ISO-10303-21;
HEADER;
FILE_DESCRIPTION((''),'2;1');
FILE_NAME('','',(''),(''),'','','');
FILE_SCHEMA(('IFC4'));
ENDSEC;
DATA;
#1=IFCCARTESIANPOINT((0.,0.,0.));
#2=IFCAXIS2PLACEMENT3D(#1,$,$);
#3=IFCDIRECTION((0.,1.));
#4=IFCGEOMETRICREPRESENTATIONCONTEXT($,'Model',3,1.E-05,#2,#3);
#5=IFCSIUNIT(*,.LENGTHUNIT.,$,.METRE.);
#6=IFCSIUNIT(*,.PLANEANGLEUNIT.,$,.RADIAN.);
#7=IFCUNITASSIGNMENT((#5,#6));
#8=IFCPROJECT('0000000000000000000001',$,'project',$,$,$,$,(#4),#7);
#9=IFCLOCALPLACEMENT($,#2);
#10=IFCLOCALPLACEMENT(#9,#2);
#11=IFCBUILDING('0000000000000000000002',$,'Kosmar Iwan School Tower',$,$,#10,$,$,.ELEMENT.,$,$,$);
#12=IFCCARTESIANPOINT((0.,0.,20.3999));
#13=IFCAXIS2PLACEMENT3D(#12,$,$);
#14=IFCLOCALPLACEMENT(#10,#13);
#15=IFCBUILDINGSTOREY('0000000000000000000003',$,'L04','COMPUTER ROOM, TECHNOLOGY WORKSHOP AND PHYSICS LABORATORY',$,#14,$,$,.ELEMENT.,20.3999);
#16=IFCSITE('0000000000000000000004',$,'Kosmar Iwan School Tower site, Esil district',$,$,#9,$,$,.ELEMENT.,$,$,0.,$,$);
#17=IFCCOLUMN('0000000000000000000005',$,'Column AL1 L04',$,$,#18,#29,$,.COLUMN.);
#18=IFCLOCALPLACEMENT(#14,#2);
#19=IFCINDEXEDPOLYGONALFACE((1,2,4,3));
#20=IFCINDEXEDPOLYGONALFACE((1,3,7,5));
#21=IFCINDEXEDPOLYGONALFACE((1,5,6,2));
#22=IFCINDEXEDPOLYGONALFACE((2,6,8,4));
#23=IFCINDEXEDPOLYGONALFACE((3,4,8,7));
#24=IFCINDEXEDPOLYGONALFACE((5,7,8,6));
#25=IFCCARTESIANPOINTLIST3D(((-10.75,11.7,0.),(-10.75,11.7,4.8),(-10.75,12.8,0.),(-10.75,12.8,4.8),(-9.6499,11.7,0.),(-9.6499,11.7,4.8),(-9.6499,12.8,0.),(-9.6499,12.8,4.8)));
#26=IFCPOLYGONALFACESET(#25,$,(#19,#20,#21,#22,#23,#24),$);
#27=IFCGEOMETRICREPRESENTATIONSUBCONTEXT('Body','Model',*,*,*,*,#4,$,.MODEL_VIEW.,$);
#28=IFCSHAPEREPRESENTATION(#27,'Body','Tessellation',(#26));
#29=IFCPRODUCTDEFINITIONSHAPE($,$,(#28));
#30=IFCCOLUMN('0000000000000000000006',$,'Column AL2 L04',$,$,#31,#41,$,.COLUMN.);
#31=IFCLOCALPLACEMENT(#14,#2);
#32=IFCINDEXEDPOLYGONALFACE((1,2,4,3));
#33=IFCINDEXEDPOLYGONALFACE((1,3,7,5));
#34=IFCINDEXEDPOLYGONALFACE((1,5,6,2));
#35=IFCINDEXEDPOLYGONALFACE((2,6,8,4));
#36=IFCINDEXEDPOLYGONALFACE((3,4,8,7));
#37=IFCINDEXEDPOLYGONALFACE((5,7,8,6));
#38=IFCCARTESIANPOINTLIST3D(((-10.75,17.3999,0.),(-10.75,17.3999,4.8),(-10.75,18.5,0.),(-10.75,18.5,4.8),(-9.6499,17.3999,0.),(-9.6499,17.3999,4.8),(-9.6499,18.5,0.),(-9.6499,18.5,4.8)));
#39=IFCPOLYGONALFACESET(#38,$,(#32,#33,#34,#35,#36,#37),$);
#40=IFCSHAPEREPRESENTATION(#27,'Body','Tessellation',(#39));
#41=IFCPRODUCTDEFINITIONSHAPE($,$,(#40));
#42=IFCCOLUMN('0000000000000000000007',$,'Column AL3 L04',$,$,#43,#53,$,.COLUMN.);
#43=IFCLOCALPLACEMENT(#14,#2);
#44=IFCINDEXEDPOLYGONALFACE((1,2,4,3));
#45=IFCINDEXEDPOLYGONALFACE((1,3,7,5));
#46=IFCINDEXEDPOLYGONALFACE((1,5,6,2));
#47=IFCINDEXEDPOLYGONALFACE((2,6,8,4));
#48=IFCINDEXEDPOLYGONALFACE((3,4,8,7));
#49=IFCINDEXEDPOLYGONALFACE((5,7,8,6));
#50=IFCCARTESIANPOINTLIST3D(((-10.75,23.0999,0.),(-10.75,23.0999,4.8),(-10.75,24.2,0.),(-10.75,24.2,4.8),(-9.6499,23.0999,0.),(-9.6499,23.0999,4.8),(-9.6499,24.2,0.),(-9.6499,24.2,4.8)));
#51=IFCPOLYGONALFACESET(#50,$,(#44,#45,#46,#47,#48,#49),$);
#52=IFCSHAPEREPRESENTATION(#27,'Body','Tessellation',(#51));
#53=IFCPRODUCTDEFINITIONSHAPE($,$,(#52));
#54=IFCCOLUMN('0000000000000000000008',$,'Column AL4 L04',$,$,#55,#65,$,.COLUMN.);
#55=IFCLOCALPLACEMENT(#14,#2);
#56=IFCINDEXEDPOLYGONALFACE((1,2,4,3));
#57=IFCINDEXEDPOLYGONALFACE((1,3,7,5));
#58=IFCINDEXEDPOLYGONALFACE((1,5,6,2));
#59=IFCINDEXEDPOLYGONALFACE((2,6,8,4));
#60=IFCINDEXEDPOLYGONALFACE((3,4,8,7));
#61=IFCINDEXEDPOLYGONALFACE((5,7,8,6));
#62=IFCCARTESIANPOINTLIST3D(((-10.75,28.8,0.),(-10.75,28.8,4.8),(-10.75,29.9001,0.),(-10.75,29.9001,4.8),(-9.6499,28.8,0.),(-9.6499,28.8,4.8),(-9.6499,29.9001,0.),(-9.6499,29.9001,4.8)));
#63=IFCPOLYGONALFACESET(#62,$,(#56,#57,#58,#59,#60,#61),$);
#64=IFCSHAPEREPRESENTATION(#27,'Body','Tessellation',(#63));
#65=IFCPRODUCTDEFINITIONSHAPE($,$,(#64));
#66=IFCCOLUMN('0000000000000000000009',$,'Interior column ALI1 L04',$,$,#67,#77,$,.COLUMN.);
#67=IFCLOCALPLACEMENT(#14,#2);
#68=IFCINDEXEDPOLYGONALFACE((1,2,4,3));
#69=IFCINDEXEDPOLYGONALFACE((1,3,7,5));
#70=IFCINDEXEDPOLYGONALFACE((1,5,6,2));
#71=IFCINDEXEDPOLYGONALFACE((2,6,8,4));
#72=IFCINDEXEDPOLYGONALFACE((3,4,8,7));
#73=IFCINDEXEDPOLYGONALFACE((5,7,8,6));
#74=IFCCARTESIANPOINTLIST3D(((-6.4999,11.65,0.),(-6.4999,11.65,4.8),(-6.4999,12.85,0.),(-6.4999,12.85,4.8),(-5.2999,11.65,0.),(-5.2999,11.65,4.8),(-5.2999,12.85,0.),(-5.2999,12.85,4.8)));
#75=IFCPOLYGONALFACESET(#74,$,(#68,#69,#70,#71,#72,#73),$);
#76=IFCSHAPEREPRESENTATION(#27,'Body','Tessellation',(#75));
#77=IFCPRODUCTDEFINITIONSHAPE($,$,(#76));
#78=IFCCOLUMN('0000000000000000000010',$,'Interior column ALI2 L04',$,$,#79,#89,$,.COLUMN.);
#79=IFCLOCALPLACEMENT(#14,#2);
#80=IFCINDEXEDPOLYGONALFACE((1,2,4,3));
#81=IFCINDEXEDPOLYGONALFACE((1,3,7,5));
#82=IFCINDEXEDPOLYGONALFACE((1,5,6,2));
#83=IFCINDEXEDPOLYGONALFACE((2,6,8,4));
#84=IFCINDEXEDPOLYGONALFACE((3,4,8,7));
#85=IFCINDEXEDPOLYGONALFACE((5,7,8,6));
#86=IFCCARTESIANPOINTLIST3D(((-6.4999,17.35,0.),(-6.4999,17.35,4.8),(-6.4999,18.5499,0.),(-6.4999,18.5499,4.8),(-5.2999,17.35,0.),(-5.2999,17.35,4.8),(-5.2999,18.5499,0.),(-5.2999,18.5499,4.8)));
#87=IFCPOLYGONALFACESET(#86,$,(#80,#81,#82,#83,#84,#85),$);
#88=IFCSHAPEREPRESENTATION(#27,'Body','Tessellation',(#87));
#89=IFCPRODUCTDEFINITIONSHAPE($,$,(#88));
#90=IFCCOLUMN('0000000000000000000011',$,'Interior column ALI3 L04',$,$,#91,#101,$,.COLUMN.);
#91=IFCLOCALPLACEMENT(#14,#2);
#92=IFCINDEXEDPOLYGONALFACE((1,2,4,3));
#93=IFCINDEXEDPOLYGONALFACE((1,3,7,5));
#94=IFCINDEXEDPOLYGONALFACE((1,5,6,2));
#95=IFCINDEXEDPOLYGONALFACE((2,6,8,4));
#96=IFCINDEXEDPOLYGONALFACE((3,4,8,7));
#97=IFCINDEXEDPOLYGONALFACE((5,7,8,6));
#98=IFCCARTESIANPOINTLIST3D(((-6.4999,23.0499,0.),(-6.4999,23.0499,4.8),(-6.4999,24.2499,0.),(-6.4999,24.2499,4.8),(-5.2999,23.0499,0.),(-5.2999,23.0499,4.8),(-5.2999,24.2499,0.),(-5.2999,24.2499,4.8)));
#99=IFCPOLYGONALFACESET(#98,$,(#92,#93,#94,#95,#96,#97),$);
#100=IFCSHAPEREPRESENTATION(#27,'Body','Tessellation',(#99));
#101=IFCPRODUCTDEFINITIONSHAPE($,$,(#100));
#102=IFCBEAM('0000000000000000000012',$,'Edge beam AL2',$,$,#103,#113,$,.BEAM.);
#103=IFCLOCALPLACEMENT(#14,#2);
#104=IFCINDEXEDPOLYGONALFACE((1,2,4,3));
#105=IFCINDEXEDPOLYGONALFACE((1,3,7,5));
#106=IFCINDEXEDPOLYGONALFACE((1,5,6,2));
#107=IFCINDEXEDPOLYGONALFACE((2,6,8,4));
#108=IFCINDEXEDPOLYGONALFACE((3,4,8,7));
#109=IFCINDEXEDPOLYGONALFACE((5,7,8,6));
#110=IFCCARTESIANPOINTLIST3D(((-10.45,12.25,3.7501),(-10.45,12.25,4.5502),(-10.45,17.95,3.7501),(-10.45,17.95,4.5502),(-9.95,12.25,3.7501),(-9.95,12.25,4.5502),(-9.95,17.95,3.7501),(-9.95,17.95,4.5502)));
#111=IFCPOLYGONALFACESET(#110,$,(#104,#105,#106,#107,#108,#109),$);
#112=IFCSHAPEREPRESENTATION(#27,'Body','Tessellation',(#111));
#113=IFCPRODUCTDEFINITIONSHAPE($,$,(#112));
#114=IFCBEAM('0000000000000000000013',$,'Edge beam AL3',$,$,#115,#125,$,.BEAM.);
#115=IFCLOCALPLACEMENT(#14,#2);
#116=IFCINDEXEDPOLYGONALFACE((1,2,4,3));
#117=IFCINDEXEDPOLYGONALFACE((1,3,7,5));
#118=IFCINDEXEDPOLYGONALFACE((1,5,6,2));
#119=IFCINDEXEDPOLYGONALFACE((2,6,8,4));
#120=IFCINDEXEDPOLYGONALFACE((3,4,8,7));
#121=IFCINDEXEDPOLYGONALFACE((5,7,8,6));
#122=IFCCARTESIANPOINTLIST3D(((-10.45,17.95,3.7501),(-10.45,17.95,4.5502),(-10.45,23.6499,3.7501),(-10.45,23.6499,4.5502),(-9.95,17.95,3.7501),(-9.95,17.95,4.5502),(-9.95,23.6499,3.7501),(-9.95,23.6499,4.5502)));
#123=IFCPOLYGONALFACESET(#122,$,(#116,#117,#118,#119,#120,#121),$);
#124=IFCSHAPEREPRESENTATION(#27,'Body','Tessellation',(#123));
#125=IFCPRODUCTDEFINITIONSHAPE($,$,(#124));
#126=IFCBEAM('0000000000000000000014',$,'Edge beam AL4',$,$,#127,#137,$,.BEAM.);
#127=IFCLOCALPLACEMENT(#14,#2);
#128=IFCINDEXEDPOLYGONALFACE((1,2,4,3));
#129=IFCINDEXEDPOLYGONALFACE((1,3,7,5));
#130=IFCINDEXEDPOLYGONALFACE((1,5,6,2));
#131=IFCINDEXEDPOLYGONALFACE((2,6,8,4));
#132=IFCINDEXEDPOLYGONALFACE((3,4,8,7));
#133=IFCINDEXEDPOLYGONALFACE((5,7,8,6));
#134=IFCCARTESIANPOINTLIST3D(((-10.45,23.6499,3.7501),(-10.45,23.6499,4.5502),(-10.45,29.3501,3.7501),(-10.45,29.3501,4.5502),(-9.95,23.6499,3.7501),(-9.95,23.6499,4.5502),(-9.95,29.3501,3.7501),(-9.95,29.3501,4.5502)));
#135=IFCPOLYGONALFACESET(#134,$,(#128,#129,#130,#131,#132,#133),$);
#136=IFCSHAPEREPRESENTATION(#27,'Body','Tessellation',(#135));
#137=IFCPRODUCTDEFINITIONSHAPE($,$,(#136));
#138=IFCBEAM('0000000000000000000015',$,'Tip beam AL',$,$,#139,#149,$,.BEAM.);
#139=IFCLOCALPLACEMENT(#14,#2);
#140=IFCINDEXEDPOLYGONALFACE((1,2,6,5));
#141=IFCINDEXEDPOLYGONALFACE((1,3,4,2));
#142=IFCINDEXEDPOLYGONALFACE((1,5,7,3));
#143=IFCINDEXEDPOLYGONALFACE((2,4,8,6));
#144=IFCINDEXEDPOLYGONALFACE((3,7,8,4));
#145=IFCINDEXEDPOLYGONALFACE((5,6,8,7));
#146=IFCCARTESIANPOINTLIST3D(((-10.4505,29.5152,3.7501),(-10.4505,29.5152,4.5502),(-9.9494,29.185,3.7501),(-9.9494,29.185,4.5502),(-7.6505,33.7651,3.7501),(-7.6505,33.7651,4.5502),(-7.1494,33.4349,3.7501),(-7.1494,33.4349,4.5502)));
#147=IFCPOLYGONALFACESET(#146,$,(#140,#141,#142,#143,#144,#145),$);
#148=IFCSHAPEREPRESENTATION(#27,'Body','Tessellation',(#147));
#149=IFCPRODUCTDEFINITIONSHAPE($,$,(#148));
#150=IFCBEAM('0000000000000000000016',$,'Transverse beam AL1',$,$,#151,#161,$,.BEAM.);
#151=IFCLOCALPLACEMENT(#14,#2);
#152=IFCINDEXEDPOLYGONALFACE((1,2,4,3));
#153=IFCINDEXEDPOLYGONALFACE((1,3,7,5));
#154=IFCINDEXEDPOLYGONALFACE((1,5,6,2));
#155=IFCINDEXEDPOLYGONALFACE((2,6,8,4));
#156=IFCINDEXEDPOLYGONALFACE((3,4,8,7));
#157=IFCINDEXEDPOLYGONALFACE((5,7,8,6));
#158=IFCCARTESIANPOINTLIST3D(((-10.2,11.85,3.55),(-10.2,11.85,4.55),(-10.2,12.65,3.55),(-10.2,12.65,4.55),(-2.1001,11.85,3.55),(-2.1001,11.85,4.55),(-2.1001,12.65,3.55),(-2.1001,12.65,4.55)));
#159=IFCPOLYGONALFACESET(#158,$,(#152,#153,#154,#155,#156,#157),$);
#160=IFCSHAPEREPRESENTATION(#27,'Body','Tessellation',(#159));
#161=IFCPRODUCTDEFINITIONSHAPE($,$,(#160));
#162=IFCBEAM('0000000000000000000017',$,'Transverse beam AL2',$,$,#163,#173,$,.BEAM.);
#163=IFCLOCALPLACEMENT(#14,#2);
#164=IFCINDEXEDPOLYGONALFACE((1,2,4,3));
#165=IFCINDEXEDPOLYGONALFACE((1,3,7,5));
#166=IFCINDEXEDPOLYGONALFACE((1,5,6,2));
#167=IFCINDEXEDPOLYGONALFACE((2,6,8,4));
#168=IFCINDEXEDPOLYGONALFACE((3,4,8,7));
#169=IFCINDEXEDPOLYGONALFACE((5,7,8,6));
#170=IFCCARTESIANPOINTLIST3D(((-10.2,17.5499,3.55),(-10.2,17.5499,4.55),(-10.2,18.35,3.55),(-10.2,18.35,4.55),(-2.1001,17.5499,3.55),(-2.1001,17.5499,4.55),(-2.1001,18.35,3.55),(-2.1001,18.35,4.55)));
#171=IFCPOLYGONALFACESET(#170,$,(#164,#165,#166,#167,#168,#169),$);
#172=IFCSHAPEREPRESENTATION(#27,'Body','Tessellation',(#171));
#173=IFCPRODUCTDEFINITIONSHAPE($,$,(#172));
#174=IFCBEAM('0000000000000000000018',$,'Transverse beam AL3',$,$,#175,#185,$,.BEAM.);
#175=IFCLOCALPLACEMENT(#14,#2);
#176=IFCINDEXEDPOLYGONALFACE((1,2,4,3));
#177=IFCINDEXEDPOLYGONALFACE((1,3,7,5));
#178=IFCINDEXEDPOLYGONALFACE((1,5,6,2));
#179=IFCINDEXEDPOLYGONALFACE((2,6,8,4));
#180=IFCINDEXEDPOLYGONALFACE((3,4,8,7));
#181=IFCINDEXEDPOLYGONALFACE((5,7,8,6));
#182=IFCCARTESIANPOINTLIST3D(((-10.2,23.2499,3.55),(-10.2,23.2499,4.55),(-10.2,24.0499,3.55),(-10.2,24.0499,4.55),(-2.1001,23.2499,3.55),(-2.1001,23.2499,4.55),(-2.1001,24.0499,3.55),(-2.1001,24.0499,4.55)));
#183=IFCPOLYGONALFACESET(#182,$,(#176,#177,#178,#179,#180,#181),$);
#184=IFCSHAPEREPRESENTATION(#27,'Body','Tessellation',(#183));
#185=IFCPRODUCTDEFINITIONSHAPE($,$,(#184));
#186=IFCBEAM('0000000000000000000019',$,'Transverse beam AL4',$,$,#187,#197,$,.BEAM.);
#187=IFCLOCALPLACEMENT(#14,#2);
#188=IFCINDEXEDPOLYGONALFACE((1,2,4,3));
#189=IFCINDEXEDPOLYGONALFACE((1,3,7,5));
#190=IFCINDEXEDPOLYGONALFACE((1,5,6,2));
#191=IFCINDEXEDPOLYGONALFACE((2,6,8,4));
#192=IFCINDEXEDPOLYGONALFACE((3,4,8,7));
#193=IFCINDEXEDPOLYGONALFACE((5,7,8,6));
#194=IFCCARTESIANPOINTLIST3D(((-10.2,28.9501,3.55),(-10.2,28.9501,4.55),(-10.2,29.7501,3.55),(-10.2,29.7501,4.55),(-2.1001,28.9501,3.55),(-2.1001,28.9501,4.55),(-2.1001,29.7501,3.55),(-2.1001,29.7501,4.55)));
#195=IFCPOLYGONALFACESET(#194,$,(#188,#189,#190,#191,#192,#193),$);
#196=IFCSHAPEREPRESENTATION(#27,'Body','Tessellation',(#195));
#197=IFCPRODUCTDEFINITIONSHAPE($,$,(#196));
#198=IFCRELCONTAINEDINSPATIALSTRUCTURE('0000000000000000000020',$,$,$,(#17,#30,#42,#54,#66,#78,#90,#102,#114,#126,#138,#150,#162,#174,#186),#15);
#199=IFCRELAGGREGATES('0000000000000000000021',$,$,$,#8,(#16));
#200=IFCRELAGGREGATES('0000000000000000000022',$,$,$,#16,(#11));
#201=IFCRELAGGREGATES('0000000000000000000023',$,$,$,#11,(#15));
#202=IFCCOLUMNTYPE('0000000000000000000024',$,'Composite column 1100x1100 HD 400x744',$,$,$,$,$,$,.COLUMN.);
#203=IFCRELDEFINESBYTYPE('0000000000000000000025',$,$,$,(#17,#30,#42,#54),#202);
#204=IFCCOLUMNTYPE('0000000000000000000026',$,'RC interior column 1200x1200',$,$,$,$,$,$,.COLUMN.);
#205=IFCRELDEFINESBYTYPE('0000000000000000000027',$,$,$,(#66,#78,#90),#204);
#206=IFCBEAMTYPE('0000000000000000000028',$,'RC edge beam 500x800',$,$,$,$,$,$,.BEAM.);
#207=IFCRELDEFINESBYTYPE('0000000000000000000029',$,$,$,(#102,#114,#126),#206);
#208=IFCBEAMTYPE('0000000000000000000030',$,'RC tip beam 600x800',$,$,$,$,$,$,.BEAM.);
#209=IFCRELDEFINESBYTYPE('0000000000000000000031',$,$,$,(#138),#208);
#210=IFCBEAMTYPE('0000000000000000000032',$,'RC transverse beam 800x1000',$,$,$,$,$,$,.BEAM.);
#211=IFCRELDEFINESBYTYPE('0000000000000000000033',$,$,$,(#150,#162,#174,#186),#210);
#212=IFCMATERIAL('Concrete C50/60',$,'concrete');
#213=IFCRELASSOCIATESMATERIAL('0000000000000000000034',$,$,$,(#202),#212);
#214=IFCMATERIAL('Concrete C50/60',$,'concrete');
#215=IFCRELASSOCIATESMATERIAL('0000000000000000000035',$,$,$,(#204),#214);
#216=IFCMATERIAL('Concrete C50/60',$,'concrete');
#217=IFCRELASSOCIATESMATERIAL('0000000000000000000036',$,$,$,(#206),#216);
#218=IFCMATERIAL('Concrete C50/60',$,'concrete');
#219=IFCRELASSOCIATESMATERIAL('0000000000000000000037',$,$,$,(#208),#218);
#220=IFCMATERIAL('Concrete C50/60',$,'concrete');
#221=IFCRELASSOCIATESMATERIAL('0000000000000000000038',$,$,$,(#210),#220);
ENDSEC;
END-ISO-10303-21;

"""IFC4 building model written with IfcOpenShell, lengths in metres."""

from ifc_helpers import new_model, si_unit, direction, frame, origin, origin_2d, place, context, subcontext, project, spatial, rectangle, extrude, material, material_profile, profile_set, type_object, element, save


model = new_model("IFC4")

# Units and contexts
model_context = context("Model", 3, precision=1e-05, world=origin(), true_north=direction((0.0, 1.0)))
body_context = subcontext(model_context, "Body", "Model", "MODEL_VIEW")
ifc_project = project(units=[si_unit("LENGTHUNIT", "METRE"), si_unit("PLANEANGLEUNIT", "RADIAN")], contexts=[model_context])

# Site, building, storey
site_placement = place(None, origin())
site = spatial("IfcSite", under=ifc_project, at=site_placement, Name="Kosmar Iwan School Tower site, Esil district", CompositionType="ELEMENT", RefElevation=0.0)
building_placement = place(site_placement, origin())
building = spatial("IfcBuilding", under=site, at=building_placement, Name="Kosmar Iwan School Tower", CompositionType="ELEMENT")
storey_placement = place(building_placement, frame((0.0, 0.0, 20.3999)))
storey = spatial("IfcBuildingStorey", under=building, at=storey_placement, Name="L04", Description="COMPUTER ROOM, TECHNOLOGY WORKSHOP AND PHYSICS LABORATORY", CompositionType="ELEMENT", Elevation=20.3999)

# Columns
ifc_material_1 = material(Name="Concrete C50/60", Category="concrete")
ifc_material_profile_1 = material_profile(ifc_material_1, rectangle(XDim=1.1001, YDim=1.1001, at=origin_2d()), Name="RC 1100x1100 + HD 400x744")
ifc_profile_set_1 = profile_set([ifc_material_profile_1], Name="Concrete C50/60")
column_type_1 = type_object("IfcColumnType", Name="Composite column 1100x1100 HD 400x744", PredefinedType="COLUMN", material=ifc_profile_set_1)
for number, where, z_axis, x_axis, name in (
    (1, (-10.2, 12.25, 0.0), (0.0, 0.0, 1.0), (0.0, 1.0, 0.0), "Column AL1 L04"),
    (2, (-10.2, 17.95, 0.0), (0.0, 0.0, 1.0), (0.0, 1.0, 0.0), "Column AL2 L04"),
    (3, (-10.2, 23.6499, 0.0), (0.0, 0.0, 1.0), (0.0, 1.0, 0.0), "Column AL3 L04"),
    (4, (-10.2, 29.3501, 0.0), (0.0, 0.0, 1.0), (0.0, 1.0, 0.0), "Column AL4 L04"),
):
    element("IfcColumn", number, at=place(storey_placement, frame(where, z_axis=z_axis, x_axis=x_axis)), inside=storey, type_object=column_type_1, Name=name, PredefinedType="COLUMN", context=body_context, shape_type="SweptSolid", body=[
        extrude(rectangle(XDim=1.1001, YDim=1.1001, at=origin_2d()), origin(), (0.0, 0.0, 1.0), 4.8),
    ])
ifc_material_2 = material(Name="Concrete C50/60", Category="concrete")
ifc_material_profile_2 = material_profile(ifc_material_2, rectangle(XDim=1.2, YDim=1.2, at=origin_2d()), Name="RC 1200x1200")
ifc_profile_set_2 = profile_set([ifc_material_profile_2], Name="Concrete C50/60")
column_type_2 = type_object("IfcColumnType", Name="RC interior column 1200x1200", PredefinedType="COLUMN", material=ifc_profile_set_2)
for number, where, z_axis, x_axis, name in (
    (5, (-5.8999, 12.25, 0.0), (0.0, 0.0, 1.0), (0.0, 1.0, 0.0), "Interior column ALI1 L04"),
    (6, (-5.8999, 17.95, 0.0), (0.0, 0.0, 1.0), (0.0, 1.0, 0.0), "Interior column ALI2 L04"),
    (7, (-5.8999, 23.6499, 0.0), (0.0, 0.0, 1.0), (0.0, 1.0, 0.0), "Interior column ALI3 L04"),
):
    element("IfcColumn", number, at=place(storey_placement, frame(where, z_axis=z_axis, x_axis=x_axis)), inside=storey, type_object=column_type_2, Name=name, PredefinedType="COLUMN", context=body_context, shape_type="SweptSolid", body=[
        extrude(rectangle(XDim=1.2, YDim=1.2, at=origin_2d()), origin(), (0.0, 0.0, 1.0), 4.8),
    ])

# Beams
ifc_material_3 = material(Name="Concrete C50/60", Category="concrete")
ifc_material_profile_3 = material_profile(ifc_material_3, rectangle(XDim=0.5, YDim=0.8, at=origin_2d()), Name="RC 500x800")
ifc_profile_set_3 = profile_set([ifc_material_profile_3], Name="Concrete C50/60")
beam_type_1 = type_object("IfcBeamType", Name="RC edge beam 500x800", PredefinedType="BEAM", material=ifc_profile_set_3)
for number, where, z_axis, x_axis, name in (
    (8, (-10.2, 12.25, 4.1501), (0.0, 1.0, 0.0), (-1.0, 0.0, 0.0), "Edge beam AL2"),
    (9, (-10.2, 17.95, 4.1501), (0.0, 1.0, 0.0), (-1.0, 0.0, 0.0), "Edge beam AL3"),
):
    element("IfcBeam", number, at=place(storey_placement, frame(where, z_axis=z_axis, x_axis=x_axis)), inside=storey, type_object=beam_type_1, Name=name, PredefinedType="BEAM", context=body_context, shape_type="SweptSolid", body=[
        extrude(rectangle(XDim=0.5, YDim=0.8, at=origin_2d()), origin(), (0.0, 0.0, 1.0), 5.7),
    ])
beam_1_placement = place(storey_placement, frame((-10.2, 23.6499, 4.1501), z_axis=(0.0, 1.0, 0.0), x_axis=(-1.0, 0.0, 0.0)))
element("IfcBeam", 10, at=beam_1_placement, inside=storey, type_object=beam_type_1, Name="Edge beam AL4", PredefinedType="BEAM", context=body_context, shape_type="SweptSolid", body=[
    extrude(rectangle(XDim=0.5, YDim=0.8, at=origin_2d()), origin(), (0.0, 0.0, 1.0), 5.7002),
])
ifc_material_4 = material(Name="Concrete C50/60", Category="concrete")
ifc_material_profile_4 = material_profile(ifc_material_4, rectangle(XDim=0.6001, YDim=0.8, at=origin_2d()), Name="RC 600x800")
ifc_profile_set_4 = profile_set([ifc_material_profile_4], Name="Concrete C50/60")
beam_type_2 = type_object("IfcBeamType", Name="RC tip beam 600x800", PredefinedType="BEAM", material=ifc_profile_set_4)
beam_2_placement = place(storey_placement, frame((-10.2, 29.3501, 4.1501), z_axis=(0.550164, 0.835056, 0.0), x_axis=(-0.835056, 0.550164, 0.0)))
element("IfcBeam", 11, at=beam_2_placement, inside=storey, type_object=beam_type_2, Name="Tip beam AL", PredefinedType="BEAM", context=body_context, shape_type="SweptSolid", body=[
    extrude(rectangle(XDim=0.6001, YDim=0.8, at=origin_2d()), origin(), (0.0, 0.0, 1.0), 5.0894),
])
ifc_material_5 = material(Name="Concrete C50/60", Category="concrete")
ifc_material_profile_5 = material_profile(ifc_material_5, rectangle(XDim=0.8, YDim=1.0, at=origin_2d()), Name="RC 800x1000")
ifc_profile_set_5 = profile_set([ifc_material_profile_5], Name="Concrete C50/60")
beam_type_3 = type_object("IfcBeamType", Name="RC transverse beam 800x1000", PredefinedType="BEAM", material=ifc_profile_set_5)
for number, where, z_axis, x_axis, name in (
    (12, (-10.2, 12.25, 4.05), (1.0, 0.0, 0.0), (0.0, 1.0, 0.0), "Transverse beam AL1"),
    (13, (-10.2, 17.95, 4.05), (1.0, 0.0, 0.0), (0.0, 1.0, 0.0), "Transverse beam AL2"),
    (14, (-10.2, 23.6499, 4.05), (1.0, 0.0, 0.0), (0.0, 1.0, 0.0), "Transverse beam AL3"),
    (15, (-10.2, 29.3501, 4.05), (1.0, 0.0, 0.0), (0.0, 1.0, 0.0), "Transverse beam AL4"),
):
    element("IfcBeam", number, at=place(storey_placement, frame(where, z_axis=z_axis, x_axis=x_axis)), inside=storey, type_object=beam_type_3, Name=name, PredefinedType="BEAM", context=body_context, shape_type="SweptSolid", body=[
        extrude(rectangle(XDim=0.8, YDim=1.0, at=origin_2d()), origin(), (0.0, 0.0, 1.0), 8.0999),
    ])

save(model, "model.ifc")
